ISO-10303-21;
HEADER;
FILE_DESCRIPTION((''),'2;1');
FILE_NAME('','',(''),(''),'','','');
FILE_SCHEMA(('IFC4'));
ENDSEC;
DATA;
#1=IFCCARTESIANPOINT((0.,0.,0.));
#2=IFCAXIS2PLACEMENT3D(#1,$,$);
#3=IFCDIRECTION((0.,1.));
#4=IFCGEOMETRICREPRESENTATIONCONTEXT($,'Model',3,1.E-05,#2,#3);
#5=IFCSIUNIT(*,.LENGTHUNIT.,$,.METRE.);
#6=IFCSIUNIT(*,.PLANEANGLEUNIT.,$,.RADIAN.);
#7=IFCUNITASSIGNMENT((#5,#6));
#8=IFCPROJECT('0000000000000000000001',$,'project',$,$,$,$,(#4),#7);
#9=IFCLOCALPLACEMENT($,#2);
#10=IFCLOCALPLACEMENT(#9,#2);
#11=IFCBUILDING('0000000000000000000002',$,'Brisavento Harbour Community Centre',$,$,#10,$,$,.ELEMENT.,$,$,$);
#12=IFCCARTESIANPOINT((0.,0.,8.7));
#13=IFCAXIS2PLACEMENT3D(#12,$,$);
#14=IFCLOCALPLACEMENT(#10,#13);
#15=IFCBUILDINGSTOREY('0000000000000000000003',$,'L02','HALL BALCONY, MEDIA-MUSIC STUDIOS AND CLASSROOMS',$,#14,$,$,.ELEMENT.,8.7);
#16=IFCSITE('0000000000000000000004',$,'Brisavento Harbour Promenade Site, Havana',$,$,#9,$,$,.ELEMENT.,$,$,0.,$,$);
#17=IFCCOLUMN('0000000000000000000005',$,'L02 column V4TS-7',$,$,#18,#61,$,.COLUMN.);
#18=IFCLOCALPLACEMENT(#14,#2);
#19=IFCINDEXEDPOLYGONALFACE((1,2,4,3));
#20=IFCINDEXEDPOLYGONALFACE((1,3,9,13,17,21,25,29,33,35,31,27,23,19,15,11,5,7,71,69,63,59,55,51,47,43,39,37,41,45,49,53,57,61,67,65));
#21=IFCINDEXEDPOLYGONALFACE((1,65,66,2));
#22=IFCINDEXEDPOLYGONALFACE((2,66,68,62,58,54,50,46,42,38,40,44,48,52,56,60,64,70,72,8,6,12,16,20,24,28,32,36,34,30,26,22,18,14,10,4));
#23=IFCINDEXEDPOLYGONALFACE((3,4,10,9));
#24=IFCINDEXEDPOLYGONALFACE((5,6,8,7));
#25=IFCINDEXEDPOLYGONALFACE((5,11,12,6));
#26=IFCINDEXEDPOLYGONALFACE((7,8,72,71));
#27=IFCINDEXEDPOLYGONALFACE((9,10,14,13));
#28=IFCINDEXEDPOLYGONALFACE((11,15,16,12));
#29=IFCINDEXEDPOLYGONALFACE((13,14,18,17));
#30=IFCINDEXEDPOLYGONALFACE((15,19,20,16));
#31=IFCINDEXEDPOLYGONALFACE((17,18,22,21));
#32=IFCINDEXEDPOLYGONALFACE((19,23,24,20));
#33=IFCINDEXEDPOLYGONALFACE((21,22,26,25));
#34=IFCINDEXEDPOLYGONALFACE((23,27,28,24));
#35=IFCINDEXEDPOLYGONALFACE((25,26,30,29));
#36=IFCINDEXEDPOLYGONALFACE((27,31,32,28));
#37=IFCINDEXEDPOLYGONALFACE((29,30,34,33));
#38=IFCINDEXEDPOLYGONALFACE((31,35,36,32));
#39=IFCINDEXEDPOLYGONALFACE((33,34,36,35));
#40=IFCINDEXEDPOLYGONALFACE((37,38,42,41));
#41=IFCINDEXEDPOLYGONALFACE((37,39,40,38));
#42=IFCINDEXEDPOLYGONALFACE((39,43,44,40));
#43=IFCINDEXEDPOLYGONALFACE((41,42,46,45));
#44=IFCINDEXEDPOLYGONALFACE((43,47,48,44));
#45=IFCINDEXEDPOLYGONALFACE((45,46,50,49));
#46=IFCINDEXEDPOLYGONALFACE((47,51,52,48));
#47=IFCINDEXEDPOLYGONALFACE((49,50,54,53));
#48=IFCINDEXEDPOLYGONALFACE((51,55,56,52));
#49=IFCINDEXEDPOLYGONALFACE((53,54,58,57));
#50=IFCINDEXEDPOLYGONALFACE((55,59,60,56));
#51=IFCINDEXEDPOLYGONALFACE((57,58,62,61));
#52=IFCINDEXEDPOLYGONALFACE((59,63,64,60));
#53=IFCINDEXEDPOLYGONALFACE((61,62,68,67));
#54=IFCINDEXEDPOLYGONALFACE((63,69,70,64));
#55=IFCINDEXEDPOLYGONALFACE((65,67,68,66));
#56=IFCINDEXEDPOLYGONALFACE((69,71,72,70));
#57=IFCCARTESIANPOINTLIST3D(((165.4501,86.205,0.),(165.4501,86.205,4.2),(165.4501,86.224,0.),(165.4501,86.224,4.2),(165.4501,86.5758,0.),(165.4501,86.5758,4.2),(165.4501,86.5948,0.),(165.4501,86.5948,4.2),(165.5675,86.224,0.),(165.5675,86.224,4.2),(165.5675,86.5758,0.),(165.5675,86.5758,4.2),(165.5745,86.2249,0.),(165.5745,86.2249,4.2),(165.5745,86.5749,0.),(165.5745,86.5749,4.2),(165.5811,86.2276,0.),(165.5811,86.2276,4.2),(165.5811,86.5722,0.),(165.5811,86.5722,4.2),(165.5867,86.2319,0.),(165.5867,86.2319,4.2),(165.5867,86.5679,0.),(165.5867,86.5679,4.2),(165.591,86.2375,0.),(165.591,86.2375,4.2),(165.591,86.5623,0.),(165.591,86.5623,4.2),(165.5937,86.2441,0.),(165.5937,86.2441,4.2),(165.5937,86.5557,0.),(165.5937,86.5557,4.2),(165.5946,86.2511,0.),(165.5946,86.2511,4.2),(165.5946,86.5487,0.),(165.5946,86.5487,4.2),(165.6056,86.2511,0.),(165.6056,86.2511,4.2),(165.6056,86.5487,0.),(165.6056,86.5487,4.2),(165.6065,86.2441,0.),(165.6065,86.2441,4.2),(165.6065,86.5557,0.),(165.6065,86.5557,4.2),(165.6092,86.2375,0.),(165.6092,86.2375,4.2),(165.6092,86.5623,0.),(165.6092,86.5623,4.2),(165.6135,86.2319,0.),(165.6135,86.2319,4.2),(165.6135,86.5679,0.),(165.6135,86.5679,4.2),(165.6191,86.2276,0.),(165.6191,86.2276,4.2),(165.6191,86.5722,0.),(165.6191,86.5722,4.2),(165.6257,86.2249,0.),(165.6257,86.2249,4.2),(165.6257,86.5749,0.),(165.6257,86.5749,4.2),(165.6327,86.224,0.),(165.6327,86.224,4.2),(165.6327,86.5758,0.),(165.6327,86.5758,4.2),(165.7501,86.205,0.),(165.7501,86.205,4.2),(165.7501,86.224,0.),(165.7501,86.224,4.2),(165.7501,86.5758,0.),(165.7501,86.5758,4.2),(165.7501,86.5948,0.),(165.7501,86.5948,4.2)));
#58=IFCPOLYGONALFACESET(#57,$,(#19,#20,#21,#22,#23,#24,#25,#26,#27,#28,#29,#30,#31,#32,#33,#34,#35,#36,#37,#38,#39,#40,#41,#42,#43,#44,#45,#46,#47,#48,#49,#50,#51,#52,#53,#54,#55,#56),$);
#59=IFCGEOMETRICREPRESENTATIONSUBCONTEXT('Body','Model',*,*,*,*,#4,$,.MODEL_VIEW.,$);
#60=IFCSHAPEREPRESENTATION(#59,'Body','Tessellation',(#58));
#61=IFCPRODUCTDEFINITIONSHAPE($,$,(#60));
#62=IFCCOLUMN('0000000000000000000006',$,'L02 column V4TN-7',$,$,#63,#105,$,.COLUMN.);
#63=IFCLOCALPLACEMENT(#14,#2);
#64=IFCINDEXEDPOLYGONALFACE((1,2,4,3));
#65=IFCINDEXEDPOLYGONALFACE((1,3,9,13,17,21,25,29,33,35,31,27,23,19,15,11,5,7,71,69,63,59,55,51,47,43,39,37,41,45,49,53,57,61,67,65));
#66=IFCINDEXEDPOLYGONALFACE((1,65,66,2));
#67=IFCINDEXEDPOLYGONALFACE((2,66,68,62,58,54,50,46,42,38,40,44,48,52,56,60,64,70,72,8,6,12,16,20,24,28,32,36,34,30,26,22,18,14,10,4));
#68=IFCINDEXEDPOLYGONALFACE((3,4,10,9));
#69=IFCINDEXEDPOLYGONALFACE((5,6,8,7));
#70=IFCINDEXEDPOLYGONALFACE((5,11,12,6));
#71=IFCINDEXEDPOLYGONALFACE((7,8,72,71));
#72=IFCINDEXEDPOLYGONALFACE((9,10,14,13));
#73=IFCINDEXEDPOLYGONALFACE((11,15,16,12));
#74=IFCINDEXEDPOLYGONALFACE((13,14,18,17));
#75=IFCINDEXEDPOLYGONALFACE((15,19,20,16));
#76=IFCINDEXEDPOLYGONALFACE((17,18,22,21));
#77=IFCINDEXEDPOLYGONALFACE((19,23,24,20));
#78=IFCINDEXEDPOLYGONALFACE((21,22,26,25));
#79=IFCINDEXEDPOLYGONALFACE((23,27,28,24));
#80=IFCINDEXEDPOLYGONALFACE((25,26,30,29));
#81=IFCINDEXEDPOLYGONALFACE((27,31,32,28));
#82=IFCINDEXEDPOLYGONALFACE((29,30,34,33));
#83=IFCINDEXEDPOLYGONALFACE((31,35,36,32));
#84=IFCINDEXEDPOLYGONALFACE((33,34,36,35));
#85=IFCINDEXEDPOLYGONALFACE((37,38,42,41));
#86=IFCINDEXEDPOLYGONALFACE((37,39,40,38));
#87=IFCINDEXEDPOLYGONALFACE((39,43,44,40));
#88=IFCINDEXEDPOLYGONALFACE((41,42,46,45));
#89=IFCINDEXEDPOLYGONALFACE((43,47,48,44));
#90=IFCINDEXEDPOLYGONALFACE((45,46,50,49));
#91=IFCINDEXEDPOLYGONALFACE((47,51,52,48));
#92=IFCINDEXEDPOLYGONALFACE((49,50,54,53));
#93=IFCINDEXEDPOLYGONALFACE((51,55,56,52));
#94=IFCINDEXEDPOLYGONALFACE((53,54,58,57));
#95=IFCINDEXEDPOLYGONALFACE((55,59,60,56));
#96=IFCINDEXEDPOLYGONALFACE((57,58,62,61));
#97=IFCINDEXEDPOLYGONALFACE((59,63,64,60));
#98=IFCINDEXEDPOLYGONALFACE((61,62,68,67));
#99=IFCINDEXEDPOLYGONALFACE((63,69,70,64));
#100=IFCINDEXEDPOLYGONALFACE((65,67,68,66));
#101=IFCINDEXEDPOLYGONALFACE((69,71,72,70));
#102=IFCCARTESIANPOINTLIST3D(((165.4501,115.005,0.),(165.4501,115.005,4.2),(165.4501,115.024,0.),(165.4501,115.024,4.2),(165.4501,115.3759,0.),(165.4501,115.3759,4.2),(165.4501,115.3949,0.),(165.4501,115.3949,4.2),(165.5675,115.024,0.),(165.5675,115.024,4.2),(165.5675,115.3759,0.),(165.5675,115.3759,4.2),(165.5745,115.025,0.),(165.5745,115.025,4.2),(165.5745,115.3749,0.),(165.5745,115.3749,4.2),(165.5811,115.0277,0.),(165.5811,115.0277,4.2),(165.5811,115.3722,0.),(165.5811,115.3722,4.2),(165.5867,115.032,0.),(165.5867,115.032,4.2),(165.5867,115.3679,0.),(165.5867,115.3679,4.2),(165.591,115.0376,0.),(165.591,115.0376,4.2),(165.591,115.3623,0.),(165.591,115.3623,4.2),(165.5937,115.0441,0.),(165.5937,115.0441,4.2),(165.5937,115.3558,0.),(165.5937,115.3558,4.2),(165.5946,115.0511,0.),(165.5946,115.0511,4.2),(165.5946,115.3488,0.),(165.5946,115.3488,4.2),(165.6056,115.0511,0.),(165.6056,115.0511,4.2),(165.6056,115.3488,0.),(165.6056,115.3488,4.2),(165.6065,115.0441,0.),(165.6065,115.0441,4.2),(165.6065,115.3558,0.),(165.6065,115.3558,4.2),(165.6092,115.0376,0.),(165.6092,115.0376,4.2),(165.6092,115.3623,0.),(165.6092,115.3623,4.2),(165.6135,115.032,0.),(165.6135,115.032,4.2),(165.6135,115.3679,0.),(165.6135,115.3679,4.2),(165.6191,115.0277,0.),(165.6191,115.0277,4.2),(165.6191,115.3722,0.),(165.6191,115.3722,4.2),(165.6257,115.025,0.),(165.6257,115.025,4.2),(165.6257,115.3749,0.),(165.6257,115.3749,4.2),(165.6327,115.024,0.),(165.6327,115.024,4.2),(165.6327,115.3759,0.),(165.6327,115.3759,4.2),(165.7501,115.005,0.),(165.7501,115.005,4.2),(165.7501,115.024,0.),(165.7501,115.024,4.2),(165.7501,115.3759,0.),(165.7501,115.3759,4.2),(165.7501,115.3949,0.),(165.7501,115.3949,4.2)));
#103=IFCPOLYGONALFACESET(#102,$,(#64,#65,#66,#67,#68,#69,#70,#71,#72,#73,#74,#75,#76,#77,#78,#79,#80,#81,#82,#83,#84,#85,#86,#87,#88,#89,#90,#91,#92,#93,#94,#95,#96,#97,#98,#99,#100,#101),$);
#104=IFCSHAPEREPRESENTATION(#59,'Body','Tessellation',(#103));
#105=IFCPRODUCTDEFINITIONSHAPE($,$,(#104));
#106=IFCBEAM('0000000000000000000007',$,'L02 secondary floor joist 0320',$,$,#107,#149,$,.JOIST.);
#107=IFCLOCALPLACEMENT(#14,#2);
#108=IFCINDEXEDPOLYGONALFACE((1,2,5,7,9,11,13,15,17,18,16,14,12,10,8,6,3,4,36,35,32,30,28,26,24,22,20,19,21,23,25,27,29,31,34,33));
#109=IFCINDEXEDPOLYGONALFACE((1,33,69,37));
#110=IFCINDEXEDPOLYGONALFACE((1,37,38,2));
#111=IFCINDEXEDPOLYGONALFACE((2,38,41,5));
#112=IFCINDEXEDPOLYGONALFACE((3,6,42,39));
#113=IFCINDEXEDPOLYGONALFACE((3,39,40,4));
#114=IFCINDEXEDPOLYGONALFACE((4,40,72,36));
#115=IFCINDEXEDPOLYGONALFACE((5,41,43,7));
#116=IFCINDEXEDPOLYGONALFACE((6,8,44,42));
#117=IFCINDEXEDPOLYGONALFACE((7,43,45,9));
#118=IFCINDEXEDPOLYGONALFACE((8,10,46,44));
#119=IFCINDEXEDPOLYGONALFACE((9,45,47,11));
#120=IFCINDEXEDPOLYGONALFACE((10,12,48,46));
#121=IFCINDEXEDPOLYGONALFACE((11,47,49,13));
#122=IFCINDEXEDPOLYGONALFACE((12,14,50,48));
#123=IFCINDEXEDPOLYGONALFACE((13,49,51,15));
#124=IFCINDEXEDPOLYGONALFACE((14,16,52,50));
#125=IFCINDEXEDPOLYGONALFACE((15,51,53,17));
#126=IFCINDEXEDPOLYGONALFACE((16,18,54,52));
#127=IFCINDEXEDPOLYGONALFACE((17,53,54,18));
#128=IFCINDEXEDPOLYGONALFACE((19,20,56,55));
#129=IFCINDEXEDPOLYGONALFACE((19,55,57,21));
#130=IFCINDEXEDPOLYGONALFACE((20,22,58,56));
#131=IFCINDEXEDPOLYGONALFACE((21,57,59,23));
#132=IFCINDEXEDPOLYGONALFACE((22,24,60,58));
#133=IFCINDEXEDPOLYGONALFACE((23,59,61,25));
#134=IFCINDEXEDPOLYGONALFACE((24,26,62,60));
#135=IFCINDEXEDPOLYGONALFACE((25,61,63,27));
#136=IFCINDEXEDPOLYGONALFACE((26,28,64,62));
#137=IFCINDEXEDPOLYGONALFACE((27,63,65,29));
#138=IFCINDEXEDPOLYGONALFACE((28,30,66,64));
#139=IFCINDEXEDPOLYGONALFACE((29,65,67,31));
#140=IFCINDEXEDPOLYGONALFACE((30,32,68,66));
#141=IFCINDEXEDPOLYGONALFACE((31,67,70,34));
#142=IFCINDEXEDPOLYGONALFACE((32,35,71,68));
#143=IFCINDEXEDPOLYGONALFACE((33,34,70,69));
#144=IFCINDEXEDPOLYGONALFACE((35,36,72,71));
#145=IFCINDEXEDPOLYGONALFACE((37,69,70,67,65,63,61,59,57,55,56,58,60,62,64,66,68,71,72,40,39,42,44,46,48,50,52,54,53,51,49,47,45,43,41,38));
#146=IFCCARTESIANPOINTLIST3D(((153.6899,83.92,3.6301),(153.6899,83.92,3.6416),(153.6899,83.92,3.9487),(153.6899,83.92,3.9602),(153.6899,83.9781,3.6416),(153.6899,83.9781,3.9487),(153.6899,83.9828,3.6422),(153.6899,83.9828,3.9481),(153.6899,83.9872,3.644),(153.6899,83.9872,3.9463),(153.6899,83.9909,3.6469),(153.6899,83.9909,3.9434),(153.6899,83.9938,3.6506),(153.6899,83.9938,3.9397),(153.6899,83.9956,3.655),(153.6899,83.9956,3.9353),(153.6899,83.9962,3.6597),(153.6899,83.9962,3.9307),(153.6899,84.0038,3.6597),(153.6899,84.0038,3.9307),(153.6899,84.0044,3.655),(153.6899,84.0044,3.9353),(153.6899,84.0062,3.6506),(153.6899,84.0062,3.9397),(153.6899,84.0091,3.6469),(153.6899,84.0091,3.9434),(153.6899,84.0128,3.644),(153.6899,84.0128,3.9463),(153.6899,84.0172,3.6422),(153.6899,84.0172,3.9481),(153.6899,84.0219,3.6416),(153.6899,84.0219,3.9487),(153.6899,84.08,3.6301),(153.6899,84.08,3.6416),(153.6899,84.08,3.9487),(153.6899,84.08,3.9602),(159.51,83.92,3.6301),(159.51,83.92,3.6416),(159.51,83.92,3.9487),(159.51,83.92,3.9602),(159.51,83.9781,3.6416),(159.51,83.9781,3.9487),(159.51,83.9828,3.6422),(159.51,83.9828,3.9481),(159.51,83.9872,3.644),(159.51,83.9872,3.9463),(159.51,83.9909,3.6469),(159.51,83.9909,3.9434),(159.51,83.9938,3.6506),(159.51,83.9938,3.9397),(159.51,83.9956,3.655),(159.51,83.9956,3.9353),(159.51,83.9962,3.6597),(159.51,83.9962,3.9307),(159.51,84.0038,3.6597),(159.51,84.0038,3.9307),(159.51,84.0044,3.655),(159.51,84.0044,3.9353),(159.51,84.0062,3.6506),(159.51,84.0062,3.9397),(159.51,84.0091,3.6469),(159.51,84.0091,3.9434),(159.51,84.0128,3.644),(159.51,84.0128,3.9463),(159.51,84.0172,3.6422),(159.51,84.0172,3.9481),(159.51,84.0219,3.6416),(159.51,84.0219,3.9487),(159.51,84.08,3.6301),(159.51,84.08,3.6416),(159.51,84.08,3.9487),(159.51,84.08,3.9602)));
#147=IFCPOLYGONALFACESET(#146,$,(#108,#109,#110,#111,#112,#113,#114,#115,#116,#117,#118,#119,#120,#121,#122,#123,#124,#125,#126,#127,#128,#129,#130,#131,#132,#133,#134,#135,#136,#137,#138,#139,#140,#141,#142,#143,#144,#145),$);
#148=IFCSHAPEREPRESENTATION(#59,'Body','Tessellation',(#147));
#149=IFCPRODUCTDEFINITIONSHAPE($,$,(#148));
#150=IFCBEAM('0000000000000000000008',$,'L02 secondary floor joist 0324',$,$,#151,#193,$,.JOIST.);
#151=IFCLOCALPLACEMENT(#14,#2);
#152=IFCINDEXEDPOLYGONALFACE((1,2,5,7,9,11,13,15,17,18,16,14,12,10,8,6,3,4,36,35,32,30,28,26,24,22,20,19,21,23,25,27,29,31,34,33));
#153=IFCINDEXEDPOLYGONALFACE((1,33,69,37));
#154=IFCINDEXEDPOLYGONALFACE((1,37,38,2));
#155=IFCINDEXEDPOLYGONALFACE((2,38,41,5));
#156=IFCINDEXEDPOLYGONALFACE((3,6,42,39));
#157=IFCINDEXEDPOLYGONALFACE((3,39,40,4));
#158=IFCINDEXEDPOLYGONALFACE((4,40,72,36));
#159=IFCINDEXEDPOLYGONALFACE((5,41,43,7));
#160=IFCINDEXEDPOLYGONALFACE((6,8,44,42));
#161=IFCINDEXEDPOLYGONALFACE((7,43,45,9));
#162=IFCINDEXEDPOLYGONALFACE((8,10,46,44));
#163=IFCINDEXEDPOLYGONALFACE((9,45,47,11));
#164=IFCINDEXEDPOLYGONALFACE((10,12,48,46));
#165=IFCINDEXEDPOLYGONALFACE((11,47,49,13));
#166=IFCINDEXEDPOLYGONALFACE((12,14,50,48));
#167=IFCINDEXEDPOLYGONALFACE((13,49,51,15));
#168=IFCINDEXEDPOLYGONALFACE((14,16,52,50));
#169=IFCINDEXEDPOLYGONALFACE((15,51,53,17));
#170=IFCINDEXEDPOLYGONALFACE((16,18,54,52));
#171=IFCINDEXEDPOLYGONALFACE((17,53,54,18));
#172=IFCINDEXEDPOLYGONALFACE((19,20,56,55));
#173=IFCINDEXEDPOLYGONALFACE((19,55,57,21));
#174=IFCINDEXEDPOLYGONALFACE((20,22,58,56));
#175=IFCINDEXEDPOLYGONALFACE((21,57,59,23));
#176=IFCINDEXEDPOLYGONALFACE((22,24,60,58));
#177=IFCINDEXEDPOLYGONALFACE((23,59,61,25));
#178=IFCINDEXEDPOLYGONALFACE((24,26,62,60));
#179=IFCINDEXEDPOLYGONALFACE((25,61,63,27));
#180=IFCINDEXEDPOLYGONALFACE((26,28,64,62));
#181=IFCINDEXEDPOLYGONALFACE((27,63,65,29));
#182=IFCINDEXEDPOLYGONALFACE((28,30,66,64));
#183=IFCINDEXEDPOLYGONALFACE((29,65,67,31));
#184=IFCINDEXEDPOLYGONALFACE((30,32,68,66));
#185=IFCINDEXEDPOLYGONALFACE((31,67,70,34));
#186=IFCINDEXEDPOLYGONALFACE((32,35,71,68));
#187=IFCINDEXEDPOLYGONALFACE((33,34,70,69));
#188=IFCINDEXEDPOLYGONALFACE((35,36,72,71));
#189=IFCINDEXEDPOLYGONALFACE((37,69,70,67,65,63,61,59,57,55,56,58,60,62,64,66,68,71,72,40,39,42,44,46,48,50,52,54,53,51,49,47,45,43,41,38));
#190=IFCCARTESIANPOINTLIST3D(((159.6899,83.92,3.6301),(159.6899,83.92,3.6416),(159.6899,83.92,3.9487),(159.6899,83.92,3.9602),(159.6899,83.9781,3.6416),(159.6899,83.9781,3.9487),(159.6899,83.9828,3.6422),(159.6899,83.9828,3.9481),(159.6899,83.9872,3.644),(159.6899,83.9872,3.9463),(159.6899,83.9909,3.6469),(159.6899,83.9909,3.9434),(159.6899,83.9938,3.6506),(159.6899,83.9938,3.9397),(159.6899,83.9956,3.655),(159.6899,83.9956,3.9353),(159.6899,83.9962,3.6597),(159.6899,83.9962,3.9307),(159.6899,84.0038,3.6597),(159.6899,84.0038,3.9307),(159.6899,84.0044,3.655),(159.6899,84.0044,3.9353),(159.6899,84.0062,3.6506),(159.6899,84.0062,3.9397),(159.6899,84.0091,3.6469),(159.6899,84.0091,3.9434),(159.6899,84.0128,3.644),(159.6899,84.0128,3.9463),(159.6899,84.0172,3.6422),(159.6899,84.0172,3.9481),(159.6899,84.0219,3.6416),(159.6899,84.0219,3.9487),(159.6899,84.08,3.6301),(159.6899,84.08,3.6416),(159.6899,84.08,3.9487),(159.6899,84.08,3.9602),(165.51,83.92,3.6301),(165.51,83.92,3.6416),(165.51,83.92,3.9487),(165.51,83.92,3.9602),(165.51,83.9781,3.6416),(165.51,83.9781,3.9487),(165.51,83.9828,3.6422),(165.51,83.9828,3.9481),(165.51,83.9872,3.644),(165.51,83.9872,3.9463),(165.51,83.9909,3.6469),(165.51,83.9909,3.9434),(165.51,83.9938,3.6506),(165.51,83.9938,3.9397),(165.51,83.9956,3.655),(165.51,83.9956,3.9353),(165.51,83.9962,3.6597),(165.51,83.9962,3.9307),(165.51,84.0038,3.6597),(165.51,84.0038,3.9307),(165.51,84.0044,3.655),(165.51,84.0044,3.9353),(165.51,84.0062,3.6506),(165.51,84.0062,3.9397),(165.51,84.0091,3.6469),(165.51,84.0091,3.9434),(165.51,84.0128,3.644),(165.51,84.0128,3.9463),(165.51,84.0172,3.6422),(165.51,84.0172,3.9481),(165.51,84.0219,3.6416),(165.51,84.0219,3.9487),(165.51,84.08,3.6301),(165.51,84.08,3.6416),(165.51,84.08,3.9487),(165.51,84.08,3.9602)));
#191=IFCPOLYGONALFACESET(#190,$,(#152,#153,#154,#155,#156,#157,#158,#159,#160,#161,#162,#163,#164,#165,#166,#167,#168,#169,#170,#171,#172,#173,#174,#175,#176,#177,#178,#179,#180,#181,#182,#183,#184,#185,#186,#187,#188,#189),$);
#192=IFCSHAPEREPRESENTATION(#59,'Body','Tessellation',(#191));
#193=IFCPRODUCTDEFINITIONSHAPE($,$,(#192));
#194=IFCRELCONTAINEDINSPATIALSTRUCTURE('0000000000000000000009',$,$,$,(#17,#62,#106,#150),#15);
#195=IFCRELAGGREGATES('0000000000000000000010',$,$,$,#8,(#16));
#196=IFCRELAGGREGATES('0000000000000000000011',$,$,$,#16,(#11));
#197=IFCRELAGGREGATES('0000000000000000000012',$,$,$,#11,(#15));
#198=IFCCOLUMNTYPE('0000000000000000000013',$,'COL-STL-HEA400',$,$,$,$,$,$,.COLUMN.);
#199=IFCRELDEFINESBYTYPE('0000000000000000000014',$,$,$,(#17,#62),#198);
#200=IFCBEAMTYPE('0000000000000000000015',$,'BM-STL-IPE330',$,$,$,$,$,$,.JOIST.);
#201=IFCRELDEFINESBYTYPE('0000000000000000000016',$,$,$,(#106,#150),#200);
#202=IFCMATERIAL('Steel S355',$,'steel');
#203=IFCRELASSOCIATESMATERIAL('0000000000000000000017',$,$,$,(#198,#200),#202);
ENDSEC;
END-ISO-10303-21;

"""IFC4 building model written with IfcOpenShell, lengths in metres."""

from ifc_helpers import new_model, si_unit, direction, frame, origin, origin_2d, place, context, subcontext, project, spatial, i_section, extrude, material, material_profile, profile_set, type_object, element, save


model = new_model("IFC4")

# Units and contexts
model_context = context("Model", 3, precision=1e-05, world=origin(), true_north=direction((0.0, 1.0)))
body_context = subcontext(model_context, "Body", "Model", "MODEL_VIEW")
ifc_project = project(units=[si_unit("LENGTHUNIT", "METRE"), si_unit("PLANEANGLEUNIT", "RADIAN")], contexts=[model_context])

# Site, building, storey
site_placement = place(None, origin())
site = spatial("IfcSite", under=ifc_project, at=site_placement, Name="Brisavento Harbour Promenade Site, Havana", CompositionType="ELEMENT", RefElevation=0.0)
building_placement = place(site_placement, origin())
building = spatial("IfcBuilding", under=site, at=building_placement, Name="Brisavento Harbour Community Centre", CompositionType="ELEMENT")
storey_placement = place(building_placement, frame((0.0, 0.0, 8.7)))
storey = spatial("IfcBuildingStorey", under=building, at=storey_placement, Name="L02", Description="HALL BALCONY, MEDIA-MUSIC STUDIOS AND CLASSROOMS", CompositionType="ELEMENT", Elevation=8.7)

# Columns
ifc_material_1 = material(Name="Steel S355", Category="steel")
ifc_material_profile_1 = material_profile(ifc_material_1, i_section(OverallWidth=0.3, OverallDepth=0.3899, WebThickness=0.011, FlangeThickness=0.019, FilletRadius=0.0271, at=origin_2d()), Name="Steel S355")
ifc_profile_set_1 = profile_set([ifc_material_profile_1], Name="Steel S355")
column_type = type_object("IfcColumnType", Name="COL-STL-HEA400", PredefinedType="COLUMN", material=ifc_profile_set_1)
for number, where, z_axis, x_axis, name in (
    (1, (165.6001, 86.3999, 0.0), (0.0, 0.0, 1.0), (1.0, 0.0, 0.0), "L02 column V4TS-7"),
    (2, (165.6001, 115.2, 0.0), (0.0, 0.0, 1.0), (1.0, 0.0, 0.0), "L02 column V4TN-7"),
):
    element("IfcColumn", number, at=place(storey_placement, frame(where, z_axis=z_axis, x_axis=x_axis)), inside=storey, type_object=column_type, Name=name, PredefinedType="COLUMN", context=body_context, shape_type="SweptSolid", body=[
        extrude(i_section(OverallWidth=0.3, OverallDepth=0.3899, WebThickness=0.011, FlangeThickness=0.019, FilletRadius=0.0271, at=origin_2d()), origin(), (0.0, 0.0, 1.0), 4.2),
    ])

# Beams
ifc_material_profile_2 = material_profile(ifc_material_1, i_section(OverallWidth=0.1599, OverallDepth=0.3301, WebThickness=0.0076, FlangeThickness=0.0115, FilletRadius=0.0181, at=origin_2d()), Name="Steel S355")
ifc_profile_set_2 = profile_set([ifc_material_profile_2], Name="Steel S355")
beam_type_1 = type_object("IfcBeamType", Name="BM-STL-IPE330", PredefinedType="JOIST", material=ifc_profile_set_2)
for number, where, z_axis, x_axis, name in (
    (3, (153.6899, 84.0, 3.7952), (1.0, 0.0, 0.0), (0.0, 1.0, 0.0), "L02 secondary floor joist 0320"),
    (4, (159.6899, 84.0, 3.7952), (1.0, 0.0, 0.0), (0.0, 1.0, 0.0), "L02 secondary floor joist 0324"),
):
    element("IfcBeam", number, at=place(storey_placement, frame(where, z_axis=z_axis, x_axis=x_axis)), inside=storey, type_object=beam_type_1, Name=name, PredefinedType="JOIST", context=body_context, shape_type="SweptSolid", body=[
        extrude(i_section(OverallWidth=0.1599, OverallDepth=0.3301, WebThickness=0.0076, FlangeThickness=0.0115, FilletRadius=0.0181, at=origin_2d()), origin(), (0.0, 0.0, 1.0), 5.8201),
    ])

save(model, "model.ifc")
